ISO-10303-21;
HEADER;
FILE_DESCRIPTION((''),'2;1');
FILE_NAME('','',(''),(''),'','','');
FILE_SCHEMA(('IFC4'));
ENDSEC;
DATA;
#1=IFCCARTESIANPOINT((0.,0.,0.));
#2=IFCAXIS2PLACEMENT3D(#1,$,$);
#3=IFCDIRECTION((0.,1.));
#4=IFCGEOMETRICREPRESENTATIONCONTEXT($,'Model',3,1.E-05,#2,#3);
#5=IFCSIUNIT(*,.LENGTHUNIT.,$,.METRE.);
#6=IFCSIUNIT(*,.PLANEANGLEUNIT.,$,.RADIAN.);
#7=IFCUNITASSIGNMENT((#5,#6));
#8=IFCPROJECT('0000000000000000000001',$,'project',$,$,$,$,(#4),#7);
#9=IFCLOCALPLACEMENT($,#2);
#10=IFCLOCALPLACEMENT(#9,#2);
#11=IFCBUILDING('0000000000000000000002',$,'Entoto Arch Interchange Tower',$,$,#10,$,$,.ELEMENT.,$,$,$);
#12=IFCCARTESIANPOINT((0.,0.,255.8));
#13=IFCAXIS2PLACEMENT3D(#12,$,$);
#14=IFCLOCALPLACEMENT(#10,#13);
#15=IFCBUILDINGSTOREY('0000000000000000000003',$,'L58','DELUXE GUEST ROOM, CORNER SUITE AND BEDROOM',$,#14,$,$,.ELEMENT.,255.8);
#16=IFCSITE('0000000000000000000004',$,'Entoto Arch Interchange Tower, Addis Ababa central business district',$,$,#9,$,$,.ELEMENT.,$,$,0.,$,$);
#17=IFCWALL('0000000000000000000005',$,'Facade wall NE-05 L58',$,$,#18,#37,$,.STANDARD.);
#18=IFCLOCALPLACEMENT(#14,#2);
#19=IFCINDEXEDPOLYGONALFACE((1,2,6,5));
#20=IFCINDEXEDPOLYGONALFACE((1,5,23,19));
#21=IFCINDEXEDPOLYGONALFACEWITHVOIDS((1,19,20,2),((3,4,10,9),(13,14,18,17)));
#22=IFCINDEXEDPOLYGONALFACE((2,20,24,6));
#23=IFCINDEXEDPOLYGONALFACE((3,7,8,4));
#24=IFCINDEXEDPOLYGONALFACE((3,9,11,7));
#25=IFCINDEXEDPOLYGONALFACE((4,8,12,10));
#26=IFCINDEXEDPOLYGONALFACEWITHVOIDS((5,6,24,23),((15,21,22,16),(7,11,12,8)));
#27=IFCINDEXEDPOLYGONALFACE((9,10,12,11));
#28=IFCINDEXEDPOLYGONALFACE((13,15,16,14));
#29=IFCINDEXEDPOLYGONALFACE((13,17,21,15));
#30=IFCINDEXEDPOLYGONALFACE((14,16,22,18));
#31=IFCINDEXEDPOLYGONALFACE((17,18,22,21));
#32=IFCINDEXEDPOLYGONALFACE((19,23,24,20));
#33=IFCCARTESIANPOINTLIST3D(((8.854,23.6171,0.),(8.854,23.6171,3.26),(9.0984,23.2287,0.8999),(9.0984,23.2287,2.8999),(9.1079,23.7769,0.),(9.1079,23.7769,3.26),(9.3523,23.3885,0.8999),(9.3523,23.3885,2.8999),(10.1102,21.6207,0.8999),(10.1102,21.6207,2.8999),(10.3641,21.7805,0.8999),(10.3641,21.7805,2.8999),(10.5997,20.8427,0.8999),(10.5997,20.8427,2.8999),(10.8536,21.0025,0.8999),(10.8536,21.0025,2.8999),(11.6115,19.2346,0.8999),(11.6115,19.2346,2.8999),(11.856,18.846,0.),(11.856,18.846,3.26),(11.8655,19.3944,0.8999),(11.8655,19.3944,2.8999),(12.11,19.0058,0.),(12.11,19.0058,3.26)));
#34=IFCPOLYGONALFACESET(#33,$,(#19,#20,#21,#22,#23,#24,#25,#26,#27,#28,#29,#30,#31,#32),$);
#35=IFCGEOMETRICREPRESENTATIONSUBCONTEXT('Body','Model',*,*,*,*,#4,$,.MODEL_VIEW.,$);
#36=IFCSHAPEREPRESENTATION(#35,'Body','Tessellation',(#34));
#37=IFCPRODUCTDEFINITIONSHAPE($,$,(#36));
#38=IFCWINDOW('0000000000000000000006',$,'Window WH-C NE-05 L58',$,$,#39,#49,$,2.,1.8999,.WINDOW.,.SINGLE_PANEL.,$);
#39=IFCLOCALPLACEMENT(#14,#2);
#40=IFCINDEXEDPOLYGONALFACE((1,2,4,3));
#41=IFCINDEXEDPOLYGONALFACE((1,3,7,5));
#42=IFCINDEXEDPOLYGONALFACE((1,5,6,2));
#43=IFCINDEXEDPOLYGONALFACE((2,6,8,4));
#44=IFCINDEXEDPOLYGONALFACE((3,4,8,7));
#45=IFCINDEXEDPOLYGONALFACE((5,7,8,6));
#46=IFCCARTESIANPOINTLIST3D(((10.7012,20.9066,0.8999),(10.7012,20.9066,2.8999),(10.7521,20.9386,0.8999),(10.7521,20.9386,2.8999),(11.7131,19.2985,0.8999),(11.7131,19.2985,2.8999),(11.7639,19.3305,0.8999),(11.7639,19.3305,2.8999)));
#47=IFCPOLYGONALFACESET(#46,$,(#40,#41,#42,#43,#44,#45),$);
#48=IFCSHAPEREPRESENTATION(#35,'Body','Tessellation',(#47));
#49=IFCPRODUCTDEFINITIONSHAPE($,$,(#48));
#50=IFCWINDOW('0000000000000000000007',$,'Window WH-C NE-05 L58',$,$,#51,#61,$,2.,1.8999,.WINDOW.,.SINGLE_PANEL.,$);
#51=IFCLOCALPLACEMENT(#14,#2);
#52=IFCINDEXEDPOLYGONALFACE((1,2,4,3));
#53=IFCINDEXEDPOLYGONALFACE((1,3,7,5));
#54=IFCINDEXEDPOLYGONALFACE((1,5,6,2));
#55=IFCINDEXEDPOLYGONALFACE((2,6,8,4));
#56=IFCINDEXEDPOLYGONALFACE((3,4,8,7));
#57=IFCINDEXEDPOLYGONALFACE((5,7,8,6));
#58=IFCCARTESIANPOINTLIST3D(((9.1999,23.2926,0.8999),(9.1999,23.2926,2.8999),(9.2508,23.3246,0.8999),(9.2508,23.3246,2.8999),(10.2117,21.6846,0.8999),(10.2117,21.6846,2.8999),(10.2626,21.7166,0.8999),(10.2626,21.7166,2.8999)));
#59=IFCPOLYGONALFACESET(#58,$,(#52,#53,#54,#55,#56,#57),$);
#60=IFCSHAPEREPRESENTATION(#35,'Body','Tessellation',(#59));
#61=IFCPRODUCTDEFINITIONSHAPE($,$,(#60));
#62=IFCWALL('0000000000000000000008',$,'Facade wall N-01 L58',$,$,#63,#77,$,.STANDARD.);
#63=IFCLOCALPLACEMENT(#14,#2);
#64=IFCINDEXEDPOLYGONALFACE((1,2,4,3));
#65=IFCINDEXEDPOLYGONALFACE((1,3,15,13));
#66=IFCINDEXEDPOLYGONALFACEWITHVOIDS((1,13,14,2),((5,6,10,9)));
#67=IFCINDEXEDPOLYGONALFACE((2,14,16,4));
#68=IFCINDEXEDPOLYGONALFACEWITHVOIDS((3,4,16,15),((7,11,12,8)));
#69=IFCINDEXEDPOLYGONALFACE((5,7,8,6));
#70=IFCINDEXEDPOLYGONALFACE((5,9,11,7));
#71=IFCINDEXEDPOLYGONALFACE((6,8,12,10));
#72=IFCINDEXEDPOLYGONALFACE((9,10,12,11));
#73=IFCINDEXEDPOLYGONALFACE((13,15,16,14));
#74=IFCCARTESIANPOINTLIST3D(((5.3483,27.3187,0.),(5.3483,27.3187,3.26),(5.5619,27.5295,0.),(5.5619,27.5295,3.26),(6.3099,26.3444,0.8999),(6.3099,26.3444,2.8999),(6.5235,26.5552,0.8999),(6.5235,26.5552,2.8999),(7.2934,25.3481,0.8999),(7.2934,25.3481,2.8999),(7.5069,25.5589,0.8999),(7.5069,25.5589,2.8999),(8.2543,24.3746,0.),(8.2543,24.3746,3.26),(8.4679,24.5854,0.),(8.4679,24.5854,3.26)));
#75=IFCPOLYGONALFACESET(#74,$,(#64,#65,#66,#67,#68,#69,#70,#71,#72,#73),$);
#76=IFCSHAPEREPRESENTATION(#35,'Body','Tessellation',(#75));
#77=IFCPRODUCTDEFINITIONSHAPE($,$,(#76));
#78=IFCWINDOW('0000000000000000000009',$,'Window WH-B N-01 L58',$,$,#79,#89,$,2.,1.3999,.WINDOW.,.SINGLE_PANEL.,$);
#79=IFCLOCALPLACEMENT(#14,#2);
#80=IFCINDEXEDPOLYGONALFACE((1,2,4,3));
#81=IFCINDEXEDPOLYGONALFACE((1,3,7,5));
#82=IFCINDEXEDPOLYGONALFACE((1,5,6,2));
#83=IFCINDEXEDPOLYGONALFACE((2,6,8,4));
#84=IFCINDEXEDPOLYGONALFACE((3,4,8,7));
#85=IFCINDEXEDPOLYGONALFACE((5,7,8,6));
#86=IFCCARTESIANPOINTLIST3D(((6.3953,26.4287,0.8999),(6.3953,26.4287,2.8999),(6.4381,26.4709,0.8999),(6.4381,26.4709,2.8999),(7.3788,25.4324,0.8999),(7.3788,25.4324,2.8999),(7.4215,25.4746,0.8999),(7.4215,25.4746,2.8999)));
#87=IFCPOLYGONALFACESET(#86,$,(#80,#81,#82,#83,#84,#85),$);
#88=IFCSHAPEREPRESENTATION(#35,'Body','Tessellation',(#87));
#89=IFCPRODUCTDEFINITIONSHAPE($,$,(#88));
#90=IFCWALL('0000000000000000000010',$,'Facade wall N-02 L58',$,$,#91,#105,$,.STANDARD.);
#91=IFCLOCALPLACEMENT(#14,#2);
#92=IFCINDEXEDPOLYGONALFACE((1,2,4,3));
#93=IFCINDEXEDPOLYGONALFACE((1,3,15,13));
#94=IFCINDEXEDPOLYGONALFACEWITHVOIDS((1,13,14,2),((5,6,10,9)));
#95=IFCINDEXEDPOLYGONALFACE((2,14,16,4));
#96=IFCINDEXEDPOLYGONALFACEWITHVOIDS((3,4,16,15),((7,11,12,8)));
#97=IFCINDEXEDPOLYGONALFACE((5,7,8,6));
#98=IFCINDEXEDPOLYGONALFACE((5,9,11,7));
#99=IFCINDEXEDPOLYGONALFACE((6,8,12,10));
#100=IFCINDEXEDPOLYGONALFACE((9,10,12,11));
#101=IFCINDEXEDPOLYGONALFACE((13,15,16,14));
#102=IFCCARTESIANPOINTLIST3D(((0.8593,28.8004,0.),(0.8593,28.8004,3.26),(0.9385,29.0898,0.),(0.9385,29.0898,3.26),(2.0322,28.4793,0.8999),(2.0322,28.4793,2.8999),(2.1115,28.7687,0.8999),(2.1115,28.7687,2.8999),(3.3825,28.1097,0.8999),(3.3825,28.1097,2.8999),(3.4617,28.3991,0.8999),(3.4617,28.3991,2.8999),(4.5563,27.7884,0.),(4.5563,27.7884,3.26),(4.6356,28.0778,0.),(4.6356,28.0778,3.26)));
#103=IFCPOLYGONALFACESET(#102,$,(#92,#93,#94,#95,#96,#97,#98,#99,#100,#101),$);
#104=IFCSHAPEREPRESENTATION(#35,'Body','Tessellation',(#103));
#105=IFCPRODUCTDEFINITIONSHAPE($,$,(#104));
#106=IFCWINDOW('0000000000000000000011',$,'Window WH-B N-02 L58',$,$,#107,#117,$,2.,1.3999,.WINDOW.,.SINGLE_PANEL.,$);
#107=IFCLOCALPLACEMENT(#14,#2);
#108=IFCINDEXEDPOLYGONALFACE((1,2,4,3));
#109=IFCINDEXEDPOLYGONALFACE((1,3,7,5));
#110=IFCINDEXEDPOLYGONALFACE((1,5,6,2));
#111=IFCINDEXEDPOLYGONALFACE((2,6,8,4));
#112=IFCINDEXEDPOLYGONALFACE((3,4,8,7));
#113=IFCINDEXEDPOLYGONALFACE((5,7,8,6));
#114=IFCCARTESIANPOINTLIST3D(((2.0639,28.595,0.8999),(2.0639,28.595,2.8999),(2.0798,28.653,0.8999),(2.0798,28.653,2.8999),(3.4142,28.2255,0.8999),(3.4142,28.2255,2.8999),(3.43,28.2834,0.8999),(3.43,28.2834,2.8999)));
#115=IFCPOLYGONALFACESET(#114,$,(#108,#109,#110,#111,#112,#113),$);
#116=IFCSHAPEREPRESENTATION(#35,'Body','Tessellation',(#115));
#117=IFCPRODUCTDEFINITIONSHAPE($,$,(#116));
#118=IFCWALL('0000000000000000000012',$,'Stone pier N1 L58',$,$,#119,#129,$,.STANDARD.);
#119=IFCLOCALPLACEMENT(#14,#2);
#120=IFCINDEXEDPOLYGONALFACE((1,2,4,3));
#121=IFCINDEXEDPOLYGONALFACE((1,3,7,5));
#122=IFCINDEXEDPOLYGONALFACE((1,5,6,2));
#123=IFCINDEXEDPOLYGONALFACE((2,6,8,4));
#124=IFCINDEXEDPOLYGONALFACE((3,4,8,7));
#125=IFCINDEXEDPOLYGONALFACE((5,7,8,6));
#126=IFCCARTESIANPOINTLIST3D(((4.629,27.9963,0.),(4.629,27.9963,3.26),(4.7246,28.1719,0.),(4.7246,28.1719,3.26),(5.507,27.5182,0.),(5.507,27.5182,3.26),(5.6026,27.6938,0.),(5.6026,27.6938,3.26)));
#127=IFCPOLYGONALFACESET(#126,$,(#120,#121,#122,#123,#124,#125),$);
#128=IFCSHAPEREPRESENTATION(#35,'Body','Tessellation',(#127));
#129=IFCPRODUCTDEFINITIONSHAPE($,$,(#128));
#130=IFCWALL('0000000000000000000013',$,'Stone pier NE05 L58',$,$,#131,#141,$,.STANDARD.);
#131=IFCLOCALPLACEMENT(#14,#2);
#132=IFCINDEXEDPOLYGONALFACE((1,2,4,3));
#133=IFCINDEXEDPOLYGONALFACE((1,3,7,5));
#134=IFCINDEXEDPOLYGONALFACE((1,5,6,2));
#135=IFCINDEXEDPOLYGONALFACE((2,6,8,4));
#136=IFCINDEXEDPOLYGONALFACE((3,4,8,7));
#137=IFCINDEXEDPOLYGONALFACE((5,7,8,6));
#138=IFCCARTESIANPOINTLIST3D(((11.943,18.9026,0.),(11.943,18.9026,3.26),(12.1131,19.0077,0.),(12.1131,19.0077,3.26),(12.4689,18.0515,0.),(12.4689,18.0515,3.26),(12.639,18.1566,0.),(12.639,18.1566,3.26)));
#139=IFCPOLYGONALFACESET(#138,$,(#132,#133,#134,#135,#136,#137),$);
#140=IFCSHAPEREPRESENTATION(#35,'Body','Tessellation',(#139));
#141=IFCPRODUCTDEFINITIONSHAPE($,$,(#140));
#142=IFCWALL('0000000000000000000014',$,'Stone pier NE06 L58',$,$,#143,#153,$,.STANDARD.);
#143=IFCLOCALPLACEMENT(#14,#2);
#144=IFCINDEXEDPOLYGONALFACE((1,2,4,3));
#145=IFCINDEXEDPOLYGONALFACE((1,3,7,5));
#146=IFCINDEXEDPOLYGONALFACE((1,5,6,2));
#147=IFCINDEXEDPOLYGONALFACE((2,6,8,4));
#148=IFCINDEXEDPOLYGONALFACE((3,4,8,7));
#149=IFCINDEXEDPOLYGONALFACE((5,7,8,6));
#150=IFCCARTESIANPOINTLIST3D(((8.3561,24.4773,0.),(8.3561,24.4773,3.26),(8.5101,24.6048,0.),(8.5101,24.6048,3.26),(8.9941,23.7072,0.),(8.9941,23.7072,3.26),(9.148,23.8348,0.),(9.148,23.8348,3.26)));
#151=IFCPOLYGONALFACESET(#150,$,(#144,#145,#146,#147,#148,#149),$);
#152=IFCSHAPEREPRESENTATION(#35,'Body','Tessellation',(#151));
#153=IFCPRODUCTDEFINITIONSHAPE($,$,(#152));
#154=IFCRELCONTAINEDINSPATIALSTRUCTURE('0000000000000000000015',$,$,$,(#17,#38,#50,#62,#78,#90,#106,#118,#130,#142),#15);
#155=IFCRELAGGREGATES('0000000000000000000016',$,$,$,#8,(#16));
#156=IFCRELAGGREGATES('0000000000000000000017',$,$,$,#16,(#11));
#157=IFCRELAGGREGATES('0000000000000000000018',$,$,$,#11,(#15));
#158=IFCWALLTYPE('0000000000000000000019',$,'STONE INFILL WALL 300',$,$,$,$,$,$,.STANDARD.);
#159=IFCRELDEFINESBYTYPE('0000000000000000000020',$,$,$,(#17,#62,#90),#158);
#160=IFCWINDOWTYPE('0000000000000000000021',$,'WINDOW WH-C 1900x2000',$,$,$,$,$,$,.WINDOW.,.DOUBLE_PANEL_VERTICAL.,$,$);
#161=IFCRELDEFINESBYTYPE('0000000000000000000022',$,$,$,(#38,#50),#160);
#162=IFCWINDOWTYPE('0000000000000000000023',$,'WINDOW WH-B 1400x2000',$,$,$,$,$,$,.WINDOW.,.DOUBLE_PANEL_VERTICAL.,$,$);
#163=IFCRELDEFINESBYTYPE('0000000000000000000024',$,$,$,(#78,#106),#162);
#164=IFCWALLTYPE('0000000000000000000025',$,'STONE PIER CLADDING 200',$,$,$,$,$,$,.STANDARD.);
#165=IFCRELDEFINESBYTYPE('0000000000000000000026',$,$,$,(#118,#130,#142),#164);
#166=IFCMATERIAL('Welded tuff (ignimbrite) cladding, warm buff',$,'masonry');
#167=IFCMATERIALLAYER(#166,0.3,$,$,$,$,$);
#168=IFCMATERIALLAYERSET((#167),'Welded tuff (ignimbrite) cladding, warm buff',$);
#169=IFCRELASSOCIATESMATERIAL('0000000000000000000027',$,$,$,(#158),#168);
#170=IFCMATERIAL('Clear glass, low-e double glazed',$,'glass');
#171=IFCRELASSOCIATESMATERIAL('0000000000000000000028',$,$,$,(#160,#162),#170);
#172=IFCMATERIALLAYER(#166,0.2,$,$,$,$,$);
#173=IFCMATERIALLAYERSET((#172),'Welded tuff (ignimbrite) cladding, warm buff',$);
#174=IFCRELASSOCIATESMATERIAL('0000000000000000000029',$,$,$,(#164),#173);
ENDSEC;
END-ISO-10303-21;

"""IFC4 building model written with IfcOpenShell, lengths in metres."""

from ifc_helpers import new_model, si_unit, direction, frame, frame_2d, origin, place, context, subcontext, project, spatial, rectangle, extrude, material, layer, layer_set, type_object, element, fill, save


model = new_model("IFC4")

# Units and contexts
model_context = context("Model", 3, precision=1e-05, world=origin(), true_north=direction((0.0, 1.0)))
body_context = subcontext(model_context, "Body", "Model", "MODEL_VIEW")
ifc_project = project(units=[si_unit("LENGTHUNIT", "METRE"), si_unit("PLANEANGLEUNIT", "RADIAN")], contexts=[model_context])

# Site, building, storey
site_placement = place(None, origin())
site = spatial("IfcSite", under=ifc_project, at=site_placement, Name="Entoto Arch Interchange Tower, Addis Ababa central business district", CompositionType="ELEMENT", RefElevation=0.0)
building_placement = place(site_placement, origin())
building = spatial("IfcBuilding", under=site, at=building_placement, Name="Entoto Arch Interchange Tower", CompositionType="ELEMENT")
storey_placement = place(building_placement, frame((0.0, 0.0, 255.8)))
storey = spatial("IfcBuildingStorey", under=building, at=storey_placement, Name="L58", Description="DELUXE GUEST ROOM, CORNER SUITE AND BEDROOM", CompositionType="ELEMENT", Elevation=255.8)

# Wall, openings, windows
ifc_material_1 = material(Name="Welded tuff (ignimbrite) cladding, warm buff", Category="masonry")
ifc_layer_1 = layer(ifc_material_1, 0.3)
ifc_layer_set_1 = layer_set([ifc_layer_1], Name="Welded tuff (ignimbrite) cladding, warm buff")
wall_type_1 = type_object("IfcWallType", Name="STONE INFILL WALL 300", PredefinedType="STANDARD", material=ifc_layer_set_1)
wall_1_placement = place(storey_placement, frame((11.9829, 18.926, 0.0), z_axis=(0.0, 0.0, 1.0), x_axis=(-0.532558, 0.846393, 0.0)))
wall_1 = element("IfcWall", 1, at=wall_1_placement, inside=storey, type_object=wall_type_1, Name="Facade wall NE-05 L58", PredefinedType="STANDARD", context=body_context, shape_type="SweptSolid", body=[
    extrude(rectangle(XDim=5.637, YDim=0.3, at=frame_2d((2.8184, 0.0))), origin(), (0.0, 0.0, 1.0), 3.26),
])
opening_1_placement = place(wall_1_placement, frame((0.459, 0.0, 0.8999)))
opening_1 = element("IfcOpeningElement", 2, at=opening_1_placement, cuts=wall_1, PredefinedType="OPENING", context=body_context, shape_type="SweptSolid", body=[
    extrude(rectangle(XDim=1.8999, YDim=2.0, at=frame_2d((0.95, 1.0))), frame((0.0, 0.1602, 0.0), z_axis=(0.0, -1.0, 0.0), x_axis=(1.0, 0.0, 0.0)), (0.0, 0.0, 1.0), 0.3201),
])
opening_2_placement = place(wall_1_placement, frame((3.2781, 0.0, 0.8999)))
opening_2 = element("IfcOpeningElement", 3, at=opening_2_placement, cuts=wall_1, PredefinedType="OPENING", context=body_context, shape_type="SweptSolid", body=[
    extrude(rectangle(XDim=1.8999, YDim=2.0, at=frame_2d((0.95, 1.0))), frame((0.0, 0.1602, 0.0), z_axis=(0.0, -1.0, 0.0), x_axis=(1.0, 0.0, 0.0)), (0.0, 0.0, 1.0), 0.3201),
])
ifc_material_2 = material(Name="Clear glass, low-e double glazed", Category="glass")
window_type_1 = type_object("IfcWindowType", Name="WINDOW WH-C 1900x2000", PartitioningType="DOUBLE_PANEL_VERTICAL", PredefinedType="WINDOW", material=ifc_material_2)
window_1_placement = place(opening_1_placement, origin())
window_1 = element("IfcWindow", 4, at=window_1_placement, inside=storey, type_object=window_type_1, Name="Window WH-C NE-05 L58", OverallHeight=2.0, OverallWidth=1.8999, PartitioningType="SINGLE_PANEL", PredefinedType="WINDOW", context=body_context, shape_type="SweptSolid", body=[
    extrude(rectangle(XDim=1.8999, YDim=2.0, at=frame_2d((0.95, 1.0))), frame((0.0, 0.03, 0.0), z_axis=(0.0, -1.0, 0.0), x_axis=(1.0, 0.0, 0.0)), (0.0, 0.0, 1.0), 0.0601),
])
fill(opening_1, window_1)
window_2_placement = place(opening_2_placement, origin())
window_2 = element("IfcWindow", 5, at=window_2_placement, inside=storey, type_object=window_type_1, Name="Window WH-C NE-05 L58", OverallHeight=2.0, OverallWidth=1.8999, PartitioningType="SINGLE_PANEL", PredefinedType="WINDOW", context=body_context, shape_type="SweptSolid", body=[
    extrude(rectangle(XDim=1.8999, YDim=2.0, at=frame_2d((0.95, 1.0))), frame((0.0, 0.03, 0.0), z_axis=(0.0, -1.0, 0.0), x_axis=(1.0, 0.0, 0.0)), (0.0, 0.0, 1.0), 0.0601),
])
fill(opening_2, window_2)

# Walls, openings, windows
wall_2_placement = place(storey_placement, frame((8.3611, 24.48, 0.0), z_axis=(0.0, 0.0, 1.0), x_axis=(-0.702488, 0.711695, 0.0)))
wall_2 = element("IfcWall", 6, at=wall_2_placement, inside=storey, type_object=wall_type_1, Name="Facade wall N-01 L58", PredefinedType="STANDARD", context=body_context, shape_type="SweptSolid", body=[
    extrude(rectangle(XDim=4.1367, YDim=0.3, at=frame_2d((2.0684, 0.0))), origin(), (0.0, 0.0, 1.0), 3.26),
])
opening_3_placement = place(wall_2_placement, frame((1.3679, 0.0, 0.8999)))
opening_3 = element("IfcOpeningElement", 7, at=opening_3_placement, cuts=wall_2, PredefinedType="OPENING", context=body_context, shape_type="SweptSolid", body=[
    extrude(rectangle(XDim=1.3999, YDim=2.0, at=frame_2d((0.7, 1.0))), frame((0.0, 0.1602, 0.0), z_axis=(0.0, -1.0, 0.0), x_axis=(1.0, 0.0, 0.0)), (0.0, 0.0, 1.0), 0.3201),
])
window_type_2 = type_object("IfcWindowType", Name="WINDOW WH-B 1400x2000", PartitioningType="DOUBLE_PANEL_VERTICAL", PredefinedType="WINDOW", material=ifc_material_2)
window_3_placement = place(opening_3_placement, origin())
window_3 = element("IfcWindow", 8, at=window_3_placement, inside=storey, type_object=window_type_2, Name="Window WH-B N-01 L58", OverallHeight=2.0, OverallWidth=1.3999, PartitioningType="SINGLE_PANEL", PredefinedType="WINDOW", context=body_context, shape_type="SweptSolid", body=[
    extrude(rectangle(XDim=1.3999, YDim=2.0, at=frame_2d((0.7, 1.0))), frame((0.0, 0.03, 0.0), z_axis=(0.0, -1.0, 0.0), x_axis=(1.0, 0.0, 0.0)), (0.0, 0.0, 1.0), 0.0601),
])
fill(opening_3, window_3)
wall_3_placement = place(storey_placement, frame((4.5959, 27.9331, 0.0), z_axis=(0.0, 0.0, 1.0), x_axis=(-0.964519, 0.264012, 0.0)))
wall_3 = element("IfcWall", 9, at=wall_3_placement, inside=storey, type_object=wall_type_1, Name="Facade wall N-02 L58", PredefinedType="STANDARD", context=body_context, shape_type="SweptSolid", body=[
    extrude(rectangle(XDim=3.833, YDim=0.3, at=frame_2d((1.9165, 0.0))), origin(), (0.0, 0.0, 1.0), 3.26),
])
opening_4_placement = place(wall_3_placement, frame((1.217, 0.0, 0.8999)))
opening_4 = element("IfcOpeningElement", 10, at=opening_4_placement, cuts=wall_3, PredefinedType="OPENING", context=body_context, shape_type="SweptSolid", body=[
    extrude(rectangle(XDim=1.3999, YDim=2.0, at=frame_2d((0.7, 1.0))), frame((0.0, 0.1602, 0.0), z_axis=(0.0, -1.0, 0.0), x_axis=(1.0, 0.0, 0.0)), (0.0, 0.0, 1.0), 0.3201),
])
window_4_placement = place(opening_4_placement, origin())
window_4 = element("IfcWindow", 11, at=window_4_placement, inside=storey, type_object=window_type_2, Name="Window WH-B N-02 L58", OverallHeight=2.0, OverallWidth=1.3999, PartitioningType="SINGLE_PANEL", PredefinedType="WINDOW", context=body_context, shape_type="SweptSolid", body=[
    extrude(rectangle(XDim=1.3999, YDim=2.0, at=frame_2d((0.7, 1.0))), frame((0.0, 0.03, 0.0), z_axis=(0.0, -1.0, 0.0), x_axis=(1.0, 0.0, 0.0)), (0.0, 0.0, 1.0), 0.0601),
])
fill(opening_4, window_4)

# Walls
ifc_layer_2 = layer(ifc_material_1, 0.2)
ifc_layer_set_2 = layer_set([ifc_layer_2], Name="Welded tuff (ignimbrite) cladding, warm buff")
wall_type_2 = type_object("IfcWallType", Name="STONE PIER CLADDING 200", PredefinedType="STANDARD", material=ifc_layer_set_2)
wall_4_placement = place(storey_placement, frame((5.5549, 27.606, 0.0), z_axis=(0.0, 0.0, 1.0), x_axis=(-0.87825, 0.478202, 0.0)))
element("IfcWall", 12, at=wall_4_placement, inside=storey, type_object=wall_type_2, Name="Stone pier N1 L58", PredefinedType="STANDARD", context=body_context, shape_type="SweptSolid", body=[
    extrude(rectangle(XDim=0.9998, YDim=0.2, at=frame_2d((0.5, 0.0))), origin(), (0.0, 0.0, 1.0), 3.26),
])
wall_5_placement = place(storey_placement, frame((12.554, 18.104, 0.0), z_axis=(0.0, 0.0, 1.0), x_axis=(-0.525649, 0.850702, 0.0)))
element("IfcWall", 13, at=wall_5_placement, inside=storey, type_object=wall_type_2, Name="Stone pier NE05 L58", PredefinedType="STANDARD", context=body_context, shape_type="SweptSolid", body=[
    extrude(rectangle(XDim=1.0005, YDim=0.2, at=frame_2d((0.5002, 0.0))), origin(), (0.0, 0.0, 1.0), 3.26),
])
wall_6_placement = place(storey_placement, frame((9.071, 23.771, 0.0), z_axis=(0.0, 0.0, 1.0), x_axis=(-0.637972, 0.770059, 0.0)))
element("IfcWall", 14, at=wall_6_placement, inside=storey, type_object=wall_type_2, Name="Stone pier NE06 L58", PredefinedType="STANDARD", context=body_context, shape_type="SweptSolid", body=[
    extrude(rectangle(XDim=1.0, YDim=0.2, at=frame_2d((0.5, 0.0))), origin(), (0.0, 0.0, 1.0), 3.26),
])

save(model, "model.ifc")
